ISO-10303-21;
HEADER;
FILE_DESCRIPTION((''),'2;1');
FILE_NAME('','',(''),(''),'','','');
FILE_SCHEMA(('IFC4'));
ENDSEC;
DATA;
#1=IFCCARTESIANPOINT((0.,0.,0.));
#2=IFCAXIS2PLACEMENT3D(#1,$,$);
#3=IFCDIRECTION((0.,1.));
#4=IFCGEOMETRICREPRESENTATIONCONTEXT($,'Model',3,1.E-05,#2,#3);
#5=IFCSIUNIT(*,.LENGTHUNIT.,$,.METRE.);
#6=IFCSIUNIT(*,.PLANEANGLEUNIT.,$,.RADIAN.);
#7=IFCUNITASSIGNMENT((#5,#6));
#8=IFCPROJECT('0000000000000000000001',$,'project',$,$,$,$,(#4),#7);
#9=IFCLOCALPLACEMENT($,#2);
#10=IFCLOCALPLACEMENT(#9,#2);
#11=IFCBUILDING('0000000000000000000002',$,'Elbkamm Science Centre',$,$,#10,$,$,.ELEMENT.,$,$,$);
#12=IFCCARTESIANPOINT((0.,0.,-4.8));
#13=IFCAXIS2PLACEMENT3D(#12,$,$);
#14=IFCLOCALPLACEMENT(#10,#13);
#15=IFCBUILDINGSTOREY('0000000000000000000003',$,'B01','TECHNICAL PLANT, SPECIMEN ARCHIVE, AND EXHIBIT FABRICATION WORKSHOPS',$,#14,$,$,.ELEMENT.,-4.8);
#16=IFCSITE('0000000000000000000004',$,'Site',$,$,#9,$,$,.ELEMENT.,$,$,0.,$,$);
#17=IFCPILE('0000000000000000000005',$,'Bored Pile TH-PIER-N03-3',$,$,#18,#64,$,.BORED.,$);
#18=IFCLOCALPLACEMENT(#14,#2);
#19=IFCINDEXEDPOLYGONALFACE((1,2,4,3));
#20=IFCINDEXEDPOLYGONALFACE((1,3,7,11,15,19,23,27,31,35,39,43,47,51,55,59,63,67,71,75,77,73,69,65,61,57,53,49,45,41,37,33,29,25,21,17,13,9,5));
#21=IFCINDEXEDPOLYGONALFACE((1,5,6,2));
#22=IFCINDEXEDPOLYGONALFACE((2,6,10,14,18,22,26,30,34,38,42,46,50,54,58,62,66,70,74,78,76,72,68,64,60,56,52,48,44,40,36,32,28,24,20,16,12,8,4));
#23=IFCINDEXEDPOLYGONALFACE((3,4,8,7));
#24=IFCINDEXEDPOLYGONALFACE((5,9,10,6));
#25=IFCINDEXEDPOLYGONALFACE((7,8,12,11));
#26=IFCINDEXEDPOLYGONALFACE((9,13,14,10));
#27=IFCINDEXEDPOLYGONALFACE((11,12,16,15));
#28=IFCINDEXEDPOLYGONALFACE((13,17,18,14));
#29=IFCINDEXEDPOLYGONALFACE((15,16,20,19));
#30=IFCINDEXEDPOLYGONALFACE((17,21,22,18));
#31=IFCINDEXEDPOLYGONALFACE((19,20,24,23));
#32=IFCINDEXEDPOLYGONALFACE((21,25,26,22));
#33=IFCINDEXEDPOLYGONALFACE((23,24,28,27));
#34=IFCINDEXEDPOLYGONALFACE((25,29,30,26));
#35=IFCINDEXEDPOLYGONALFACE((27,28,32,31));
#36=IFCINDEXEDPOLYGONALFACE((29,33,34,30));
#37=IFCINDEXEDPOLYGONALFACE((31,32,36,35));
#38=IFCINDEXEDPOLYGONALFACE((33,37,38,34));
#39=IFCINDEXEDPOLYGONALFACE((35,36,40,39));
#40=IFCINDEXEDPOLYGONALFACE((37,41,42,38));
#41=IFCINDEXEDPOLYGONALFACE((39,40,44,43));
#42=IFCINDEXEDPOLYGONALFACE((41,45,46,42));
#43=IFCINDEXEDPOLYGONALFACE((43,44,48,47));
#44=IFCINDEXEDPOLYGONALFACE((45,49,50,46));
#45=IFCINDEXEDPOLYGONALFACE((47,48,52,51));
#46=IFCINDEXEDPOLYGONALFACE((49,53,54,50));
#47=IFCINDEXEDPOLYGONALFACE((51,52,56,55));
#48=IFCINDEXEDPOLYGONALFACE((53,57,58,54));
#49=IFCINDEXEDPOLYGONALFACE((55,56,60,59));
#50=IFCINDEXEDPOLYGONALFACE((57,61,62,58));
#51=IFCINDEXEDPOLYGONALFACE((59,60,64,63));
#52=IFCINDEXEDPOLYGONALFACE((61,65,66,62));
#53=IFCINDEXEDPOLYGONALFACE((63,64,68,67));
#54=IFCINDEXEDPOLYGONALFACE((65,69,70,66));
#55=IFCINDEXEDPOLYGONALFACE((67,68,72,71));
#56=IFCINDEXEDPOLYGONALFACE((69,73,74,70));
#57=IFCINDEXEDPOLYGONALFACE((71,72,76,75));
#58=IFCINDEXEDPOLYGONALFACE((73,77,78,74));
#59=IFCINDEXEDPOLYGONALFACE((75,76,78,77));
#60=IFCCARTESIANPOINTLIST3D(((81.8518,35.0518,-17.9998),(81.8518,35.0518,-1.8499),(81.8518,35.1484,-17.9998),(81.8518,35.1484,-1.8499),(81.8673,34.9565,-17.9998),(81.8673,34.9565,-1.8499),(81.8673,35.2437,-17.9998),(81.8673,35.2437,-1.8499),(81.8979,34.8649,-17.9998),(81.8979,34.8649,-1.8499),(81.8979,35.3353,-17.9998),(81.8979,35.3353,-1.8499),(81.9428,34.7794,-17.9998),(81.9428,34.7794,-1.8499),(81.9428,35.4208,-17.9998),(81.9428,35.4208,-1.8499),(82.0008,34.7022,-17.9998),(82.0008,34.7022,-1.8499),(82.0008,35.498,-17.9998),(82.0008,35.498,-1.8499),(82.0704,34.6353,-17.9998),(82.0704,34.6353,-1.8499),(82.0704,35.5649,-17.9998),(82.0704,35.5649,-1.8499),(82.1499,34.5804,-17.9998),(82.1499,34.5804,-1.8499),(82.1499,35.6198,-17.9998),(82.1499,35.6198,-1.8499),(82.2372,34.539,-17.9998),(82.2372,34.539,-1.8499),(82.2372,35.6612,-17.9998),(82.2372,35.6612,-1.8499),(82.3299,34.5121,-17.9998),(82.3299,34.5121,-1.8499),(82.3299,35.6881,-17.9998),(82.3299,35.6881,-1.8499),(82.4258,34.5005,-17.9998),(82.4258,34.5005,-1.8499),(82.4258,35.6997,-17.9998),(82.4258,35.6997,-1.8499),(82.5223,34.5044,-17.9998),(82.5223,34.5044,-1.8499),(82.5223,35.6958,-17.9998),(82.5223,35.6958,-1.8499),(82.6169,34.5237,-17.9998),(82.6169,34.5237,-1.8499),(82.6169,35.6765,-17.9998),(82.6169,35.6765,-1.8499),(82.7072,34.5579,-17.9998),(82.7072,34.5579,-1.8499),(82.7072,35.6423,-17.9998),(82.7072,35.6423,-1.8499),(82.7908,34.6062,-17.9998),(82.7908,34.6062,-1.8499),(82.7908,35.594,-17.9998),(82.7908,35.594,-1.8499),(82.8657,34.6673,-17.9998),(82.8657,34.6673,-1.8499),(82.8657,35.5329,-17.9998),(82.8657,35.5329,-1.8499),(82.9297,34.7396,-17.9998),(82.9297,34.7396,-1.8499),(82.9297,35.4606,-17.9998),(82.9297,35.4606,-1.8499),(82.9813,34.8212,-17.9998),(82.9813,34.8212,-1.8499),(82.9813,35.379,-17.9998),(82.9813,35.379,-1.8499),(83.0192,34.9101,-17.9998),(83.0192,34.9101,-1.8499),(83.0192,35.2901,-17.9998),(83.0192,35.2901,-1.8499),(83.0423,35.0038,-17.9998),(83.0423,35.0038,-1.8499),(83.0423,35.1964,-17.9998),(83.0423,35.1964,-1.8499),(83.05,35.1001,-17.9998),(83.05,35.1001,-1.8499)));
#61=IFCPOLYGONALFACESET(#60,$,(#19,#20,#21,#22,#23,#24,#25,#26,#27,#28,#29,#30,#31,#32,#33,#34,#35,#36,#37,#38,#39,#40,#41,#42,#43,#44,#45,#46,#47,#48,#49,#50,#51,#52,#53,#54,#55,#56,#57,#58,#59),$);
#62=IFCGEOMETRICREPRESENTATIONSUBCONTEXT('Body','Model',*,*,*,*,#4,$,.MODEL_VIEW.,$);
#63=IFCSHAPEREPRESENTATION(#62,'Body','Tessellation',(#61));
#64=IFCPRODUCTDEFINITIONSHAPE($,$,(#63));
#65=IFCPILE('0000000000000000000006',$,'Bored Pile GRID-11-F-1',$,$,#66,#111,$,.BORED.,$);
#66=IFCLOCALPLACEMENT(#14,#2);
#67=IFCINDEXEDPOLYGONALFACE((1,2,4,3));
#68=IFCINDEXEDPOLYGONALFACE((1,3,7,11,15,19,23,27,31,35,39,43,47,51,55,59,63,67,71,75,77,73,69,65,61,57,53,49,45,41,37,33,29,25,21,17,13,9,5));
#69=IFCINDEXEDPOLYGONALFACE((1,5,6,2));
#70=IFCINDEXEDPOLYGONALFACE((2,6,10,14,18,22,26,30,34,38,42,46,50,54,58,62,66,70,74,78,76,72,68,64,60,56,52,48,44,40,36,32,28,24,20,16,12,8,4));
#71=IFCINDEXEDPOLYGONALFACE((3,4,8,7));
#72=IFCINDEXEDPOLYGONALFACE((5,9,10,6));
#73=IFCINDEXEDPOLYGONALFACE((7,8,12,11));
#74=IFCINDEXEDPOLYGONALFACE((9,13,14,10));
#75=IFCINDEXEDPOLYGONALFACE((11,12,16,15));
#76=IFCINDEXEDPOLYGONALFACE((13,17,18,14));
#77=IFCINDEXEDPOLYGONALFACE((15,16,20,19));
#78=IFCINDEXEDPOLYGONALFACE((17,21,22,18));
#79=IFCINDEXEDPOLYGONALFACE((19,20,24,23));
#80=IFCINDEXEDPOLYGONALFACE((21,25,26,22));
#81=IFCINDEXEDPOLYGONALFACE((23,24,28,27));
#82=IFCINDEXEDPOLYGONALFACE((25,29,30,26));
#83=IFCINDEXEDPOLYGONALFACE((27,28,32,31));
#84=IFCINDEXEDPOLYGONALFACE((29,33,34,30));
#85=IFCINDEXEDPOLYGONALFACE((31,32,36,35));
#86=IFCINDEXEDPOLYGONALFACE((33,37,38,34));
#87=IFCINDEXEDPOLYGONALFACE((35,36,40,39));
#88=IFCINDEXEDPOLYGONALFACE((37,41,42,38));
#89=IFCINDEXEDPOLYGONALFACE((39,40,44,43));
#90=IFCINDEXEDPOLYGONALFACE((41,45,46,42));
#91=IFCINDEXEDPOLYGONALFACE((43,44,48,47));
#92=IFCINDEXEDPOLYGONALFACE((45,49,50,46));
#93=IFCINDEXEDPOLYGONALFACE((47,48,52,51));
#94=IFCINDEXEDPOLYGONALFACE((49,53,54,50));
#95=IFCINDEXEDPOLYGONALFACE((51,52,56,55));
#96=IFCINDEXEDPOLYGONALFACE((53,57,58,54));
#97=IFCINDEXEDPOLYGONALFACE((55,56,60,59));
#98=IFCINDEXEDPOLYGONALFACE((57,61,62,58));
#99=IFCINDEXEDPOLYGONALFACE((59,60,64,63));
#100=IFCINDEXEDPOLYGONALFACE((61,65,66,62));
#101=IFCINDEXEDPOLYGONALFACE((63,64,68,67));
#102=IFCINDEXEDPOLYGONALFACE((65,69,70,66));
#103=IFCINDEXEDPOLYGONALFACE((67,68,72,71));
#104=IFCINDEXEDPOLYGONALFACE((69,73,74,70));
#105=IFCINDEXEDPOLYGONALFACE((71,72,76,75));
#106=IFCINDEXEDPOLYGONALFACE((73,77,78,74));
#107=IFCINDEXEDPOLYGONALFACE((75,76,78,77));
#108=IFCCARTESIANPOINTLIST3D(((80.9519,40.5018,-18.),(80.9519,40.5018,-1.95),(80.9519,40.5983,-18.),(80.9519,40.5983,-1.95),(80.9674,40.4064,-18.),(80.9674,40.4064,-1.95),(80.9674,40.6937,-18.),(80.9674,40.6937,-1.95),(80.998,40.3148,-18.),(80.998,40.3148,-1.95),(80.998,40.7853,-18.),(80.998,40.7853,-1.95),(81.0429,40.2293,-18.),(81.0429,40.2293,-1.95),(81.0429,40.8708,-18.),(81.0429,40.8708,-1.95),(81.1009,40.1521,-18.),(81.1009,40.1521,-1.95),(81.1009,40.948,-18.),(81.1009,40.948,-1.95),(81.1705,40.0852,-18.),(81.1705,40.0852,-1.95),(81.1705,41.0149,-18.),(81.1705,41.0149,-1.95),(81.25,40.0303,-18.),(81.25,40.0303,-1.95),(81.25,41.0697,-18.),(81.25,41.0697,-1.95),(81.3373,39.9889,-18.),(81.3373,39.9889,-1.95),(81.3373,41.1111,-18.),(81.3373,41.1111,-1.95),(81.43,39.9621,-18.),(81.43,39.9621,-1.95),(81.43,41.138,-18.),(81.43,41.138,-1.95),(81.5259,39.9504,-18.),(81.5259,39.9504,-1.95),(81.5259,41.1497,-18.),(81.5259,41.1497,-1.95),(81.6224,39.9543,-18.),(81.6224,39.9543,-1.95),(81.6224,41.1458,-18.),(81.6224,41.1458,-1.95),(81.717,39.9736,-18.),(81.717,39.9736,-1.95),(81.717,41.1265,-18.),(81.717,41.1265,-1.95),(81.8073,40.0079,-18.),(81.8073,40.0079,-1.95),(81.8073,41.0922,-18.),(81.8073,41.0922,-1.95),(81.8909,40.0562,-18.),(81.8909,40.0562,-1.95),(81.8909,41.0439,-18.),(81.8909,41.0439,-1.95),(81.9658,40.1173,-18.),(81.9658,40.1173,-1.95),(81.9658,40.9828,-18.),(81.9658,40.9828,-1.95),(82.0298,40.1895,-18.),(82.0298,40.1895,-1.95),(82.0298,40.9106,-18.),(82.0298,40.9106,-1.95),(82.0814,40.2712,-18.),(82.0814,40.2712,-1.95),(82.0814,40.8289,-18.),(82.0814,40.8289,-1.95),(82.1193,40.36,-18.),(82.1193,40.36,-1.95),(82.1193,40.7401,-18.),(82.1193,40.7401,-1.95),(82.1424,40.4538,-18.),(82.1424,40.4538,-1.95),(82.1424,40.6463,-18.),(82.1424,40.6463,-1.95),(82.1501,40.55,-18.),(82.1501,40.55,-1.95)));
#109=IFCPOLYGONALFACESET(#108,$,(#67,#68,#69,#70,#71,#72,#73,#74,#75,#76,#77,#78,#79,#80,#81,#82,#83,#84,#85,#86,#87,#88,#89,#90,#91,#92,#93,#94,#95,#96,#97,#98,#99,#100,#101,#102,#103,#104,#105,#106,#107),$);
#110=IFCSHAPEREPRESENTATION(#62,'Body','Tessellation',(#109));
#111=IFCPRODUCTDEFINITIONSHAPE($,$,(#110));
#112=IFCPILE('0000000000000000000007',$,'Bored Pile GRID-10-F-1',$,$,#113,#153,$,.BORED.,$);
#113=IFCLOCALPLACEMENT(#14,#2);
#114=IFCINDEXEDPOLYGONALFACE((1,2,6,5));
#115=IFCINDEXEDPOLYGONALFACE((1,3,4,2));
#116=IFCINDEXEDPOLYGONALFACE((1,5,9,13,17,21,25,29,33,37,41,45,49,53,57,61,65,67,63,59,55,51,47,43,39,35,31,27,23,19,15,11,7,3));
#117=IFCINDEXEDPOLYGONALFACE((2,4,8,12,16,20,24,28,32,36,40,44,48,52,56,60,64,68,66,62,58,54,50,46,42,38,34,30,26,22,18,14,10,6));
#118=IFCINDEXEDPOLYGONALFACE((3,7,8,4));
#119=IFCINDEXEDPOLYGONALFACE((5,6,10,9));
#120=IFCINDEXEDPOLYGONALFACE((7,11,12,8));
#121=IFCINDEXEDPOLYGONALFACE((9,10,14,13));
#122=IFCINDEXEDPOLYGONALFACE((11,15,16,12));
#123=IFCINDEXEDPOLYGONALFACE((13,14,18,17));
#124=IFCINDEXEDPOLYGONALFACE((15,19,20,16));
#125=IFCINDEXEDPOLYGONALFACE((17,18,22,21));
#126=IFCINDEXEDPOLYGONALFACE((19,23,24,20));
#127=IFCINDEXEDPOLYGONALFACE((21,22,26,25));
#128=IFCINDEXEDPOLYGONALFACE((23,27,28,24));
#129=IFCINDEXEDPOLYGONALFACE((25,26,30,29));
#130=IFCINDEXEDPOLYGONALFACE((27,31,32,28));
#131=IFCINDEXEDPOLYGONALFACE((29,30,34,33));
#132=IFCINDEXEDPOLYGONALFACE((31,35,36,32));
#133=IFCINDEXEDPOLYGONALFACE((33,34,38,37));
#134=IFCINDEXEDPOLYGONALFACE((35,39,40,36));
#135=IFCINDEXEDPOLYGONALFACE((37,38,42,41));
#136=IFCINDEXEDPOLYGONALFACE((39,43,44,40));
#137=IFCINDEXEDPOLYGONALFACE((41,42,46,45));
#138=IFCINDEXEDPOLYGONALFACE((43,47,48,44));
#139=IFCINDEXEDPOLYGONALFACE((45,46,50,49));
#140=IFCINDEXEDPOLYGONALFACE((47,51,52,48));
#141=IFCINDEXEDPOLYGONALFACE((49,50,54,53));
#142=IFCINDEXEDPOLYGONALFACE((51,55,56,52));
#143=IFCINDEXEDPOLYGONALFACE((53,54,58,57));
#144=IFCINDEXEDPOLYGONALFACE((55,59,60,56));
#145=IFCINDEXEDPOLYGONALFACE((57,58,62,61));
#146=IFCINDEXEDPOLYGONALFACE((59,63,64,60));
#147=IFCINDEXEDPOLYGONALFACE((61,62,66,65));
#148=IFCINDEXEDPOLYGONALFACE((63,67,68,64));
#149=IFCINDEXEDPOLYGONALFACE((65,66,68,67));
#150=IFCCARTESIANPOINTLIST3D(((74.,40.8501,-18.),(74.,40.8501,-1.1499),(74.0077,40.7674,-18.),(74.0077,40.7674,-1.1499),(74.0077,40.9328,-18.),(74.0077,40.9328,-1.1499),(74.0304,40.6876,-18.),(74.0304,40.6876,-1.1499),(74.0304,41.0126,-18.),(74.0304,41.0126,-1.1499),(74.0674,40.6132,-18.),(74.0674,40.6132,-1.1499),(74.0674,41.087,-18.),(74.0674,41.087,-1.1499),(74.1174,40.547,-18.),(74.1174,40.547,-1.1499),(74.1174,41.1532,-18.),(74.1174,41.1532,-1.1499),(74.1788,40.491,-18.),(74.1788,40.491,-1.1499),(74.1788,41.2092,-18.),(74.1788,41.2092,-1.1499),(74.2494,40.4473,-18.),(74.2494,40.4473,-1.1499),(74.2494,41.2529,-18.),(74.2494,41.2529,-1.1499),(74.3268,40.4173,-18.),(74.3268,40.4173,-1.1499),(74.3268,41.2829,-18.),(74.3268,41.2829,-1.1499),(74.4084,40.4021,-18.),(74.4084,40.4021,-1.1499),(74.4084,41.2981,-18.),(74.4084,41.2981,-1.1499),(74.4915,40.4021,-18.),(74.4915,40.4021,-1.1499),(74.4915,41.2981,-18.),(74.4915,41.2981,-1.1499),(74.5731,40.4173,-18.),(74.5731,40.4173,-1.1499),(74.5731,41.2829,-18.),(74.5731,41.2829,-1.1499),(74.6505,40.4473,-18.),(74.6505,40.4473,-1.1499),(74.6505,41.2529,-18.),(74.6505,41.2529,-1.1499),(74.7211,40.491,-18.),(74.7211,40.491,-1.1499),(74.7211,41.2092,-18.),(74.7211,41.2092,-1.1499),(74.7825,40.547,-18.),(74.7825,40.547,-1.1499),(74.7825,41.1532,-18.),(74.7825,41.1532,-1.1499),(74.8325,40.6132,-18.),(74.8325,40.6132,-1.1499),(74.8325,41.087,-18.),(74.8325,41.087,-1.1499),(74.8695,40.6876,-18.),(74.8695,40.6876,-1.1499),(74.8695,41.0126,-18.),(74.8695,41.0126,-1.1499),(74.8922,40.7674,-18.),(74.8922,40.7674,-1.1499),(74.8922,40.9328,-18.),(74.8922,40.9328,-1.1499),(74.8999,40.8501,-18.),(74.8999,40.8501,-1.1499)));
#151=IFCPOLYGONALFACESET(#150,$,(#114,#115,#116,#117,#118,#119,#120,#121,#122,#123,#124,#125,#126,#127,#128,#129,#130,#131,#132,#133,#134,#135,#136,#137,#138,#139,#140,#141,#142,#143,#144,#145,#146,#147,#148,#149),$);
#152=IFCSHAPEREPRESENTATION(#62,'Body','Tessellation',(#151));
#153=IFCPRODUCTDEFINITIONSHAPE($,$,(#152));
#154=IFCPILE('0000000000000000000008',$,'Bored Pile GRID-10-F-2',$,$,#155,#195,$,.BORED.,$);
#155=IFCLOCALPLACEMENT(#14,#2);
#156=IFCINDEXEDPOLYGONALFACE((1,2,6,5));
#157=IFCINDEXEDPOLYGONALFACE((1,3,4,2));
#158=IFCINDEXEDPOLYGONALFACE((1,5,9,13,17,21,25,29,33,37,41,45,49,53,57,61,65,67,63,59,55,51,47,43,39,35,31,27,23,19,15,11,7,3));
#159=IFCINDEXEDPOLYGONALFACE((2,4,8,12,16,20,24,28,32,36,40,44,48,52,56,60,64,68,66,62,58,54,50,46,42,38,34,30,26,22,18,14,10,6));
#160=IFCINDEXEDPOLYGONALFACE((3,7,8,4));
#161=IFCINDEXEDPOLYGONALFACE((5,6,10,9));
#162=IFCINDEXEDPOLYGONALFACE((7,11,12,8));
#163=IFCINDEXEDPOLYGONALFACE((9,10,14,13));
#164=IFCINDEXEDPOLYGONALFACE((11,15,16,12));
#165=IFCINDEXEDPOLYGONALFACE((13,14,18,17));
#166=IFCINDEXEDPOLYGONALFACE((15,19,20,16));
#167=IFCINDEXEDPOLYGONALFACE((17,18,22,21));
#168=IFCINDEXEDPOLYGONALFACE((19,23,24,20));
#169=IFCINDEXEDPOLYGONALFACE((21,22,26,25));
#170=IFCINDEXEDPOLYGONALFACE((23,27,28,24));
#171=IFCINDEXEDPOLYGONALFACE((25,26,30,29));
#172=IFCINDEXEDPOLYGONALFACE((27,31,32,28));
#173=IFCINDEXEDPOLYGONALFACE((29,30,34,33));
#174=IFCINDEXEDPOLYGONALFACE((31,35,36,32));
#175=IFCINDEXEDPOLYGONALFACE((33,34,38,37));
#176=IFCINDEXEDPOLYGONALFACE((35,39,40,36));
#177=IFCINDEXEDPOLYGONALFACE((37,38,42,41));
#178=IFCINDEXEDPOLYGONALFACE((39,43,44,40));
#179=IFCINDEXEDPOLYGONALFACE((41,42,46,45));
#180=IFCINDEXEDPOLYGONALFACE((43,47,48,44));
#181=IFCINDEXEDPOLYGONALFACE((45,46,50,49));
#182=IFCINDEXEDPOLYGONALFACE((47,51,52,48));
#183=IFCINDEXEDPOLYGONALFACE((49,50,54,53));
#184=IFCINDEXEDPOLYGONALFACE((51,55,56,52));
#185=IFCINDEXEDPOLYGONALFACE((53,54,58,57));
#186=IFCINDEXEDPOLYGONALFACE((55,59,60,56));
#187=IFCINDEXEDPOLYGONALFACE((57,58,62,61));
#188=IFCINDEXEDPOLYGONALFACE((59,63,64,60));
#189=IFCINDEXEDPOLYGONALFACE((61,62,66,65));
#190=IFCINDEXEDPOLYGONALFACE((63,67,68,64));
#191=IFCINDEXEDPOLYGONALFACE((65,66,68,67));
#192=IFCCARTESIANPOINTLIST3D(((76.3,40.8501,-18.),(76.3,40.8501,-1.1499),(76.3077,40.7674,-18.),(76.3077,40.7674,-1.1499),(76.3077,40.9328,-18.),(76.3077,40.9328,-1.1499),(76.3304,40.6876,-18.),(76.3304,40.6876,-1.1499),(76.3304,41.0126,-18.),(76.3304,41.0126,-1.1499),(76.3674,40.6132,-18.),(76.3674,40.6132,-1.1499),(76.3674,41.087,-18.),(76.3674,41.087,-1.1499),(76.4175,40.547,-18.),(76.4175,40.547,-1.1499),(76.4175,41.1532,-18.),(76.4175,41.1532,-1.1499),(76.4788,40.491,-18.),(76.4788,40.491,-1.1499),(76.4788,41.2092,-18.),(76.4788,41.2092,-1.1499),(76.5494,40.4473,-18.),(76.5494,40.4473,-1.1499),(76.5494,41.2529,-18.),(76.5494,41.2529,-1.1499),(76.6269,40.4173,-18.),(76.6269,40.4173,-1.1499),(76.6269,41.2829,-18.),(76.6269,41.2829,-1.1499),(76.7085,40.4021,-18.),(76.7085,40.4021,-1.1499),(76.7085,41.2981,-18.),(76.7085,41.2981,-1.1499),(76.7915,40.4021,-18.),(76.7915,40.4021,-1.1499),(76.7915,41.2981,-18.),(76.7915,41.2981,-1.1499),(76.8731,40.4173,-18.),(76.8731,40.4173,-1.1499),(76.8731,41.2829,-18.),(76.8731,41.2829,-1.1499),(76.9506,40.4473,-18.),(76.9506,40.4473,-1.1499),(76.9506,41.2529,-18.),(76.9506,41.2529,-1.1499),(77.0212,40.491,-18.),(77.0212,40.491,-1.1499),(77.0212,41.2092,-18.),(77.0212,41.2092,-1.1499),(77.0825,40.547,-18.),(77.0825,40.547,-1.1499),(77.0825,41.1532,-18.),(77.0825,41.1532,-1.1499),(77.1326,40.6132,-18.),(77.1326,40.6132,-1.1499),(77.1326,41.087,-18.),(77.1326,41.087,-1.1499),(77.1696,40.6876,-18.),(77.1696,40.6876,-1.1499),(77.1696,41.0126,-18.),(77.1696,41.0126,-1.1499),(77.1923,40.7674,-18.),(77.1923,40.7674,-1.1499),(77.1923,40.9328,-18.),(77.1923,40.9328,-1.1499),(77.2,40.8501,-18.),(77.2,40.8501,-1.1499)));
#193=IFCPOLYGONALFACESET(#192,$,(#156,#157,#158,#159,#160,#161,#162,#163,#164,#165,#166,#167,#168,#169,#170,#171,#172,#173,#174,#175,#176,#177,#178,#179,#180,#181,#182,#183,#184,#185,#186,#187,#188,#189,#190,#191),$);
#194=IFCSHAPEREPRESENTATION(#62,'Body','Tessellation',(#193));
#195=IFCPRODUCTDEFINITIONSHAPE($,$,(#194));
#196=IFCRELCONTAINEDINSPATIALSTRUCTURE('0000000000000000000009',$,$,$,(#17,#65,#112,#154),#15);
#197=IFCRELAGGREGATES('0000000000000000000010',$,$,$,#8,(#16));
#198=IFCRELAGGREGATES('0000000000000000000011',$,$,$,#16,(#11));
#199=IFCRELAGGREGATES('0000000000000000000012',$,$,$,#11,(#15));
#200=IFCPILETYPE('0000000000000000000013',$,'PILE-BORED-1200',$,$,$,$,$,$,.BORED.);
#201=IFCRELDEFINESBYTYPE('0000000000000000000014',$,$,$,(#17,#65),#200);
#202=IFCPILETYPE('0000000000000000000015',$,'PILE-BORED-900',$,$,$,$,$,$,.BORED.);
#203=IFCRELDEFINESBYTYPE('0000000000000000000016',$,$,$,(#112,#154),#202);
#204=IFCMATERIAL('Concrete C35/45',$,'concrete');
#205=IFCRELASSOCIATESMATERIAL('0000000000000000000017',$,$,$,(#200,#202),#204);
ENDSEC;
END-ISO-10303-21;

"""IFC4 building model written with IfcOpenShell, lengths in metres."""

from ifc_helpers import new_model, si_unit, direction, frame, origin, origin_2d, place, context, subcontext, project, spatial, circle, extrude, material, material_profile, profile_set, type_object, element, save


model = new_model("IFC4")

# Units and contexts
model_context = context("Model", 3, precision=1e-05, world=origin(), true_north=direction((0.0, 1.0)))
body_context = subcontext(model_context, "Body", "Model", "MODEL_VIEW")
ifc_project = project(units=[si_unit("LENGTHUNIT", "METRE"), si_unit("PLANEANGLEUNIT", "RADIAN")], contexts=[model_context])

# Site, building, storey
site_placement = place(None, origin())
site = spatial("IfcSite", under=ifc_project, at=site_placement, Name="Site", CompositionType="ELEMENT", RefElevation=0.0)
building_placement = place(site_placement, origin())
building = spatial("IfcBuilding", under=site, at=building_placement, Name="Elbkamm Science Centre", CompositionType="ELEMENT")
storey_placement = place(building_placement, frame((0.0, 0.0, -4.8)))
storey = spatial("IfcBuildingStorey", under=building, at=storey_placement, Name="B01", Description="TECHNICAL PLANT, SPECIMEN ARCHIVE, AND EXHIBIT FABRICATION WORKSHOPS", CompositionType="ELEMENT", Elevation=-4.8)

# Shared definitions
ifc_material_1 = material(Name="Concrete C35/45", Category="concrete")

# Piles
ifc_material_profile_1 = material_profile(ifc_material_1, circle(Radius=0.6001, at=origin_2d()), Name="PILE D1200")
ifc_profile_set_1 = profile_set([ifc_material_profile_1], Name="Concrete C35/45")
pile_type_1 = type_object("IfcPileType", Name="PILE-BORED-1200", PredefinedType="BORED", material=ifc_profile_set_1)
for number, where, z_axis, x_axis, name in (
    (1, (82.45, 35.1001, -1.8499), (0.0, 0.0, -1.0), (1.0, 0.0, 0.0), "Bored Pile TH-PIER-N03-3"),
):
    element("IfcPile", number, at=place(storey_placement, frame(where, z_axis=z_axis, x_axis=x_axis)), inside=storey, type_object=pile_type_1, Name=name, PredefinedType="BORED", context=body_context, shape_type="SweptSolid", body=[
        extrude(circle(Radius=0.6001, at=origin_2d()), origin(), (0.0, 0.0, 1.0), 16.1499),
    ])
pile_placement = place(storey_placement, frame((81.55, 40.55, -1.95), z_axis=(0.0, 0.0, -1.0), x_axis=(1.0, 0.0, 0.0)))
element("IfcPile", 2, at=pile_placement, inside=storey, type_object=pile_type_1, Name="Bored Pile GRID-11-F-1", PredefinedType="BORED", context=body_context, shape_type="SweptSolid", body=[
    extrude(circle(Radius=0.6001, at=origin_2d()), origin(), (0.0, 0.0, 1.0), 16.05),
])
ifc_material_profile_2 = material_profile(ifc_material_1, circle(Radius=0.45, at=origin_2d()), Name="PILE D900")
ifc_profile_set_2 = profile_set([ifc_material_profile_2], Name="Concrete C35/45")
pile_type_2 = type_object("IfcPileType", Name="PILE-BORED-900", PredefinedType="BORED", material=ifc_profile_set_2)
for number, where, z_axis, x_axis, name in (
    (3, (74.45, 40.8501, -1.1499), (0.0, 0.0, -1.0), (1.0, 0.0, 0.0), "Bored Pile GRID-10-F-1"),
    (4, (76.75, 40.8501, -1.1499), (0.0, 0.0, -1.0), (1.0, 0.0, 0.0), "Bored Pile GRID-10-F-2"),
):
    element("IfcPile", number, at=place(storey_placement, frame(where, z_axis=z_axis, x_axis=x_axis)), inside=storey, type_object=pile_type_2, Name=name, PredefinedType="BORED", context=body_context, shape_type="SweptSolid", body=[
        extrude(circle(Radius=0.45, at=origin_2d()), origin(), (0.0, 0.0, 1.0), 16.8501),
    ])

save(model, "model.ifc")
